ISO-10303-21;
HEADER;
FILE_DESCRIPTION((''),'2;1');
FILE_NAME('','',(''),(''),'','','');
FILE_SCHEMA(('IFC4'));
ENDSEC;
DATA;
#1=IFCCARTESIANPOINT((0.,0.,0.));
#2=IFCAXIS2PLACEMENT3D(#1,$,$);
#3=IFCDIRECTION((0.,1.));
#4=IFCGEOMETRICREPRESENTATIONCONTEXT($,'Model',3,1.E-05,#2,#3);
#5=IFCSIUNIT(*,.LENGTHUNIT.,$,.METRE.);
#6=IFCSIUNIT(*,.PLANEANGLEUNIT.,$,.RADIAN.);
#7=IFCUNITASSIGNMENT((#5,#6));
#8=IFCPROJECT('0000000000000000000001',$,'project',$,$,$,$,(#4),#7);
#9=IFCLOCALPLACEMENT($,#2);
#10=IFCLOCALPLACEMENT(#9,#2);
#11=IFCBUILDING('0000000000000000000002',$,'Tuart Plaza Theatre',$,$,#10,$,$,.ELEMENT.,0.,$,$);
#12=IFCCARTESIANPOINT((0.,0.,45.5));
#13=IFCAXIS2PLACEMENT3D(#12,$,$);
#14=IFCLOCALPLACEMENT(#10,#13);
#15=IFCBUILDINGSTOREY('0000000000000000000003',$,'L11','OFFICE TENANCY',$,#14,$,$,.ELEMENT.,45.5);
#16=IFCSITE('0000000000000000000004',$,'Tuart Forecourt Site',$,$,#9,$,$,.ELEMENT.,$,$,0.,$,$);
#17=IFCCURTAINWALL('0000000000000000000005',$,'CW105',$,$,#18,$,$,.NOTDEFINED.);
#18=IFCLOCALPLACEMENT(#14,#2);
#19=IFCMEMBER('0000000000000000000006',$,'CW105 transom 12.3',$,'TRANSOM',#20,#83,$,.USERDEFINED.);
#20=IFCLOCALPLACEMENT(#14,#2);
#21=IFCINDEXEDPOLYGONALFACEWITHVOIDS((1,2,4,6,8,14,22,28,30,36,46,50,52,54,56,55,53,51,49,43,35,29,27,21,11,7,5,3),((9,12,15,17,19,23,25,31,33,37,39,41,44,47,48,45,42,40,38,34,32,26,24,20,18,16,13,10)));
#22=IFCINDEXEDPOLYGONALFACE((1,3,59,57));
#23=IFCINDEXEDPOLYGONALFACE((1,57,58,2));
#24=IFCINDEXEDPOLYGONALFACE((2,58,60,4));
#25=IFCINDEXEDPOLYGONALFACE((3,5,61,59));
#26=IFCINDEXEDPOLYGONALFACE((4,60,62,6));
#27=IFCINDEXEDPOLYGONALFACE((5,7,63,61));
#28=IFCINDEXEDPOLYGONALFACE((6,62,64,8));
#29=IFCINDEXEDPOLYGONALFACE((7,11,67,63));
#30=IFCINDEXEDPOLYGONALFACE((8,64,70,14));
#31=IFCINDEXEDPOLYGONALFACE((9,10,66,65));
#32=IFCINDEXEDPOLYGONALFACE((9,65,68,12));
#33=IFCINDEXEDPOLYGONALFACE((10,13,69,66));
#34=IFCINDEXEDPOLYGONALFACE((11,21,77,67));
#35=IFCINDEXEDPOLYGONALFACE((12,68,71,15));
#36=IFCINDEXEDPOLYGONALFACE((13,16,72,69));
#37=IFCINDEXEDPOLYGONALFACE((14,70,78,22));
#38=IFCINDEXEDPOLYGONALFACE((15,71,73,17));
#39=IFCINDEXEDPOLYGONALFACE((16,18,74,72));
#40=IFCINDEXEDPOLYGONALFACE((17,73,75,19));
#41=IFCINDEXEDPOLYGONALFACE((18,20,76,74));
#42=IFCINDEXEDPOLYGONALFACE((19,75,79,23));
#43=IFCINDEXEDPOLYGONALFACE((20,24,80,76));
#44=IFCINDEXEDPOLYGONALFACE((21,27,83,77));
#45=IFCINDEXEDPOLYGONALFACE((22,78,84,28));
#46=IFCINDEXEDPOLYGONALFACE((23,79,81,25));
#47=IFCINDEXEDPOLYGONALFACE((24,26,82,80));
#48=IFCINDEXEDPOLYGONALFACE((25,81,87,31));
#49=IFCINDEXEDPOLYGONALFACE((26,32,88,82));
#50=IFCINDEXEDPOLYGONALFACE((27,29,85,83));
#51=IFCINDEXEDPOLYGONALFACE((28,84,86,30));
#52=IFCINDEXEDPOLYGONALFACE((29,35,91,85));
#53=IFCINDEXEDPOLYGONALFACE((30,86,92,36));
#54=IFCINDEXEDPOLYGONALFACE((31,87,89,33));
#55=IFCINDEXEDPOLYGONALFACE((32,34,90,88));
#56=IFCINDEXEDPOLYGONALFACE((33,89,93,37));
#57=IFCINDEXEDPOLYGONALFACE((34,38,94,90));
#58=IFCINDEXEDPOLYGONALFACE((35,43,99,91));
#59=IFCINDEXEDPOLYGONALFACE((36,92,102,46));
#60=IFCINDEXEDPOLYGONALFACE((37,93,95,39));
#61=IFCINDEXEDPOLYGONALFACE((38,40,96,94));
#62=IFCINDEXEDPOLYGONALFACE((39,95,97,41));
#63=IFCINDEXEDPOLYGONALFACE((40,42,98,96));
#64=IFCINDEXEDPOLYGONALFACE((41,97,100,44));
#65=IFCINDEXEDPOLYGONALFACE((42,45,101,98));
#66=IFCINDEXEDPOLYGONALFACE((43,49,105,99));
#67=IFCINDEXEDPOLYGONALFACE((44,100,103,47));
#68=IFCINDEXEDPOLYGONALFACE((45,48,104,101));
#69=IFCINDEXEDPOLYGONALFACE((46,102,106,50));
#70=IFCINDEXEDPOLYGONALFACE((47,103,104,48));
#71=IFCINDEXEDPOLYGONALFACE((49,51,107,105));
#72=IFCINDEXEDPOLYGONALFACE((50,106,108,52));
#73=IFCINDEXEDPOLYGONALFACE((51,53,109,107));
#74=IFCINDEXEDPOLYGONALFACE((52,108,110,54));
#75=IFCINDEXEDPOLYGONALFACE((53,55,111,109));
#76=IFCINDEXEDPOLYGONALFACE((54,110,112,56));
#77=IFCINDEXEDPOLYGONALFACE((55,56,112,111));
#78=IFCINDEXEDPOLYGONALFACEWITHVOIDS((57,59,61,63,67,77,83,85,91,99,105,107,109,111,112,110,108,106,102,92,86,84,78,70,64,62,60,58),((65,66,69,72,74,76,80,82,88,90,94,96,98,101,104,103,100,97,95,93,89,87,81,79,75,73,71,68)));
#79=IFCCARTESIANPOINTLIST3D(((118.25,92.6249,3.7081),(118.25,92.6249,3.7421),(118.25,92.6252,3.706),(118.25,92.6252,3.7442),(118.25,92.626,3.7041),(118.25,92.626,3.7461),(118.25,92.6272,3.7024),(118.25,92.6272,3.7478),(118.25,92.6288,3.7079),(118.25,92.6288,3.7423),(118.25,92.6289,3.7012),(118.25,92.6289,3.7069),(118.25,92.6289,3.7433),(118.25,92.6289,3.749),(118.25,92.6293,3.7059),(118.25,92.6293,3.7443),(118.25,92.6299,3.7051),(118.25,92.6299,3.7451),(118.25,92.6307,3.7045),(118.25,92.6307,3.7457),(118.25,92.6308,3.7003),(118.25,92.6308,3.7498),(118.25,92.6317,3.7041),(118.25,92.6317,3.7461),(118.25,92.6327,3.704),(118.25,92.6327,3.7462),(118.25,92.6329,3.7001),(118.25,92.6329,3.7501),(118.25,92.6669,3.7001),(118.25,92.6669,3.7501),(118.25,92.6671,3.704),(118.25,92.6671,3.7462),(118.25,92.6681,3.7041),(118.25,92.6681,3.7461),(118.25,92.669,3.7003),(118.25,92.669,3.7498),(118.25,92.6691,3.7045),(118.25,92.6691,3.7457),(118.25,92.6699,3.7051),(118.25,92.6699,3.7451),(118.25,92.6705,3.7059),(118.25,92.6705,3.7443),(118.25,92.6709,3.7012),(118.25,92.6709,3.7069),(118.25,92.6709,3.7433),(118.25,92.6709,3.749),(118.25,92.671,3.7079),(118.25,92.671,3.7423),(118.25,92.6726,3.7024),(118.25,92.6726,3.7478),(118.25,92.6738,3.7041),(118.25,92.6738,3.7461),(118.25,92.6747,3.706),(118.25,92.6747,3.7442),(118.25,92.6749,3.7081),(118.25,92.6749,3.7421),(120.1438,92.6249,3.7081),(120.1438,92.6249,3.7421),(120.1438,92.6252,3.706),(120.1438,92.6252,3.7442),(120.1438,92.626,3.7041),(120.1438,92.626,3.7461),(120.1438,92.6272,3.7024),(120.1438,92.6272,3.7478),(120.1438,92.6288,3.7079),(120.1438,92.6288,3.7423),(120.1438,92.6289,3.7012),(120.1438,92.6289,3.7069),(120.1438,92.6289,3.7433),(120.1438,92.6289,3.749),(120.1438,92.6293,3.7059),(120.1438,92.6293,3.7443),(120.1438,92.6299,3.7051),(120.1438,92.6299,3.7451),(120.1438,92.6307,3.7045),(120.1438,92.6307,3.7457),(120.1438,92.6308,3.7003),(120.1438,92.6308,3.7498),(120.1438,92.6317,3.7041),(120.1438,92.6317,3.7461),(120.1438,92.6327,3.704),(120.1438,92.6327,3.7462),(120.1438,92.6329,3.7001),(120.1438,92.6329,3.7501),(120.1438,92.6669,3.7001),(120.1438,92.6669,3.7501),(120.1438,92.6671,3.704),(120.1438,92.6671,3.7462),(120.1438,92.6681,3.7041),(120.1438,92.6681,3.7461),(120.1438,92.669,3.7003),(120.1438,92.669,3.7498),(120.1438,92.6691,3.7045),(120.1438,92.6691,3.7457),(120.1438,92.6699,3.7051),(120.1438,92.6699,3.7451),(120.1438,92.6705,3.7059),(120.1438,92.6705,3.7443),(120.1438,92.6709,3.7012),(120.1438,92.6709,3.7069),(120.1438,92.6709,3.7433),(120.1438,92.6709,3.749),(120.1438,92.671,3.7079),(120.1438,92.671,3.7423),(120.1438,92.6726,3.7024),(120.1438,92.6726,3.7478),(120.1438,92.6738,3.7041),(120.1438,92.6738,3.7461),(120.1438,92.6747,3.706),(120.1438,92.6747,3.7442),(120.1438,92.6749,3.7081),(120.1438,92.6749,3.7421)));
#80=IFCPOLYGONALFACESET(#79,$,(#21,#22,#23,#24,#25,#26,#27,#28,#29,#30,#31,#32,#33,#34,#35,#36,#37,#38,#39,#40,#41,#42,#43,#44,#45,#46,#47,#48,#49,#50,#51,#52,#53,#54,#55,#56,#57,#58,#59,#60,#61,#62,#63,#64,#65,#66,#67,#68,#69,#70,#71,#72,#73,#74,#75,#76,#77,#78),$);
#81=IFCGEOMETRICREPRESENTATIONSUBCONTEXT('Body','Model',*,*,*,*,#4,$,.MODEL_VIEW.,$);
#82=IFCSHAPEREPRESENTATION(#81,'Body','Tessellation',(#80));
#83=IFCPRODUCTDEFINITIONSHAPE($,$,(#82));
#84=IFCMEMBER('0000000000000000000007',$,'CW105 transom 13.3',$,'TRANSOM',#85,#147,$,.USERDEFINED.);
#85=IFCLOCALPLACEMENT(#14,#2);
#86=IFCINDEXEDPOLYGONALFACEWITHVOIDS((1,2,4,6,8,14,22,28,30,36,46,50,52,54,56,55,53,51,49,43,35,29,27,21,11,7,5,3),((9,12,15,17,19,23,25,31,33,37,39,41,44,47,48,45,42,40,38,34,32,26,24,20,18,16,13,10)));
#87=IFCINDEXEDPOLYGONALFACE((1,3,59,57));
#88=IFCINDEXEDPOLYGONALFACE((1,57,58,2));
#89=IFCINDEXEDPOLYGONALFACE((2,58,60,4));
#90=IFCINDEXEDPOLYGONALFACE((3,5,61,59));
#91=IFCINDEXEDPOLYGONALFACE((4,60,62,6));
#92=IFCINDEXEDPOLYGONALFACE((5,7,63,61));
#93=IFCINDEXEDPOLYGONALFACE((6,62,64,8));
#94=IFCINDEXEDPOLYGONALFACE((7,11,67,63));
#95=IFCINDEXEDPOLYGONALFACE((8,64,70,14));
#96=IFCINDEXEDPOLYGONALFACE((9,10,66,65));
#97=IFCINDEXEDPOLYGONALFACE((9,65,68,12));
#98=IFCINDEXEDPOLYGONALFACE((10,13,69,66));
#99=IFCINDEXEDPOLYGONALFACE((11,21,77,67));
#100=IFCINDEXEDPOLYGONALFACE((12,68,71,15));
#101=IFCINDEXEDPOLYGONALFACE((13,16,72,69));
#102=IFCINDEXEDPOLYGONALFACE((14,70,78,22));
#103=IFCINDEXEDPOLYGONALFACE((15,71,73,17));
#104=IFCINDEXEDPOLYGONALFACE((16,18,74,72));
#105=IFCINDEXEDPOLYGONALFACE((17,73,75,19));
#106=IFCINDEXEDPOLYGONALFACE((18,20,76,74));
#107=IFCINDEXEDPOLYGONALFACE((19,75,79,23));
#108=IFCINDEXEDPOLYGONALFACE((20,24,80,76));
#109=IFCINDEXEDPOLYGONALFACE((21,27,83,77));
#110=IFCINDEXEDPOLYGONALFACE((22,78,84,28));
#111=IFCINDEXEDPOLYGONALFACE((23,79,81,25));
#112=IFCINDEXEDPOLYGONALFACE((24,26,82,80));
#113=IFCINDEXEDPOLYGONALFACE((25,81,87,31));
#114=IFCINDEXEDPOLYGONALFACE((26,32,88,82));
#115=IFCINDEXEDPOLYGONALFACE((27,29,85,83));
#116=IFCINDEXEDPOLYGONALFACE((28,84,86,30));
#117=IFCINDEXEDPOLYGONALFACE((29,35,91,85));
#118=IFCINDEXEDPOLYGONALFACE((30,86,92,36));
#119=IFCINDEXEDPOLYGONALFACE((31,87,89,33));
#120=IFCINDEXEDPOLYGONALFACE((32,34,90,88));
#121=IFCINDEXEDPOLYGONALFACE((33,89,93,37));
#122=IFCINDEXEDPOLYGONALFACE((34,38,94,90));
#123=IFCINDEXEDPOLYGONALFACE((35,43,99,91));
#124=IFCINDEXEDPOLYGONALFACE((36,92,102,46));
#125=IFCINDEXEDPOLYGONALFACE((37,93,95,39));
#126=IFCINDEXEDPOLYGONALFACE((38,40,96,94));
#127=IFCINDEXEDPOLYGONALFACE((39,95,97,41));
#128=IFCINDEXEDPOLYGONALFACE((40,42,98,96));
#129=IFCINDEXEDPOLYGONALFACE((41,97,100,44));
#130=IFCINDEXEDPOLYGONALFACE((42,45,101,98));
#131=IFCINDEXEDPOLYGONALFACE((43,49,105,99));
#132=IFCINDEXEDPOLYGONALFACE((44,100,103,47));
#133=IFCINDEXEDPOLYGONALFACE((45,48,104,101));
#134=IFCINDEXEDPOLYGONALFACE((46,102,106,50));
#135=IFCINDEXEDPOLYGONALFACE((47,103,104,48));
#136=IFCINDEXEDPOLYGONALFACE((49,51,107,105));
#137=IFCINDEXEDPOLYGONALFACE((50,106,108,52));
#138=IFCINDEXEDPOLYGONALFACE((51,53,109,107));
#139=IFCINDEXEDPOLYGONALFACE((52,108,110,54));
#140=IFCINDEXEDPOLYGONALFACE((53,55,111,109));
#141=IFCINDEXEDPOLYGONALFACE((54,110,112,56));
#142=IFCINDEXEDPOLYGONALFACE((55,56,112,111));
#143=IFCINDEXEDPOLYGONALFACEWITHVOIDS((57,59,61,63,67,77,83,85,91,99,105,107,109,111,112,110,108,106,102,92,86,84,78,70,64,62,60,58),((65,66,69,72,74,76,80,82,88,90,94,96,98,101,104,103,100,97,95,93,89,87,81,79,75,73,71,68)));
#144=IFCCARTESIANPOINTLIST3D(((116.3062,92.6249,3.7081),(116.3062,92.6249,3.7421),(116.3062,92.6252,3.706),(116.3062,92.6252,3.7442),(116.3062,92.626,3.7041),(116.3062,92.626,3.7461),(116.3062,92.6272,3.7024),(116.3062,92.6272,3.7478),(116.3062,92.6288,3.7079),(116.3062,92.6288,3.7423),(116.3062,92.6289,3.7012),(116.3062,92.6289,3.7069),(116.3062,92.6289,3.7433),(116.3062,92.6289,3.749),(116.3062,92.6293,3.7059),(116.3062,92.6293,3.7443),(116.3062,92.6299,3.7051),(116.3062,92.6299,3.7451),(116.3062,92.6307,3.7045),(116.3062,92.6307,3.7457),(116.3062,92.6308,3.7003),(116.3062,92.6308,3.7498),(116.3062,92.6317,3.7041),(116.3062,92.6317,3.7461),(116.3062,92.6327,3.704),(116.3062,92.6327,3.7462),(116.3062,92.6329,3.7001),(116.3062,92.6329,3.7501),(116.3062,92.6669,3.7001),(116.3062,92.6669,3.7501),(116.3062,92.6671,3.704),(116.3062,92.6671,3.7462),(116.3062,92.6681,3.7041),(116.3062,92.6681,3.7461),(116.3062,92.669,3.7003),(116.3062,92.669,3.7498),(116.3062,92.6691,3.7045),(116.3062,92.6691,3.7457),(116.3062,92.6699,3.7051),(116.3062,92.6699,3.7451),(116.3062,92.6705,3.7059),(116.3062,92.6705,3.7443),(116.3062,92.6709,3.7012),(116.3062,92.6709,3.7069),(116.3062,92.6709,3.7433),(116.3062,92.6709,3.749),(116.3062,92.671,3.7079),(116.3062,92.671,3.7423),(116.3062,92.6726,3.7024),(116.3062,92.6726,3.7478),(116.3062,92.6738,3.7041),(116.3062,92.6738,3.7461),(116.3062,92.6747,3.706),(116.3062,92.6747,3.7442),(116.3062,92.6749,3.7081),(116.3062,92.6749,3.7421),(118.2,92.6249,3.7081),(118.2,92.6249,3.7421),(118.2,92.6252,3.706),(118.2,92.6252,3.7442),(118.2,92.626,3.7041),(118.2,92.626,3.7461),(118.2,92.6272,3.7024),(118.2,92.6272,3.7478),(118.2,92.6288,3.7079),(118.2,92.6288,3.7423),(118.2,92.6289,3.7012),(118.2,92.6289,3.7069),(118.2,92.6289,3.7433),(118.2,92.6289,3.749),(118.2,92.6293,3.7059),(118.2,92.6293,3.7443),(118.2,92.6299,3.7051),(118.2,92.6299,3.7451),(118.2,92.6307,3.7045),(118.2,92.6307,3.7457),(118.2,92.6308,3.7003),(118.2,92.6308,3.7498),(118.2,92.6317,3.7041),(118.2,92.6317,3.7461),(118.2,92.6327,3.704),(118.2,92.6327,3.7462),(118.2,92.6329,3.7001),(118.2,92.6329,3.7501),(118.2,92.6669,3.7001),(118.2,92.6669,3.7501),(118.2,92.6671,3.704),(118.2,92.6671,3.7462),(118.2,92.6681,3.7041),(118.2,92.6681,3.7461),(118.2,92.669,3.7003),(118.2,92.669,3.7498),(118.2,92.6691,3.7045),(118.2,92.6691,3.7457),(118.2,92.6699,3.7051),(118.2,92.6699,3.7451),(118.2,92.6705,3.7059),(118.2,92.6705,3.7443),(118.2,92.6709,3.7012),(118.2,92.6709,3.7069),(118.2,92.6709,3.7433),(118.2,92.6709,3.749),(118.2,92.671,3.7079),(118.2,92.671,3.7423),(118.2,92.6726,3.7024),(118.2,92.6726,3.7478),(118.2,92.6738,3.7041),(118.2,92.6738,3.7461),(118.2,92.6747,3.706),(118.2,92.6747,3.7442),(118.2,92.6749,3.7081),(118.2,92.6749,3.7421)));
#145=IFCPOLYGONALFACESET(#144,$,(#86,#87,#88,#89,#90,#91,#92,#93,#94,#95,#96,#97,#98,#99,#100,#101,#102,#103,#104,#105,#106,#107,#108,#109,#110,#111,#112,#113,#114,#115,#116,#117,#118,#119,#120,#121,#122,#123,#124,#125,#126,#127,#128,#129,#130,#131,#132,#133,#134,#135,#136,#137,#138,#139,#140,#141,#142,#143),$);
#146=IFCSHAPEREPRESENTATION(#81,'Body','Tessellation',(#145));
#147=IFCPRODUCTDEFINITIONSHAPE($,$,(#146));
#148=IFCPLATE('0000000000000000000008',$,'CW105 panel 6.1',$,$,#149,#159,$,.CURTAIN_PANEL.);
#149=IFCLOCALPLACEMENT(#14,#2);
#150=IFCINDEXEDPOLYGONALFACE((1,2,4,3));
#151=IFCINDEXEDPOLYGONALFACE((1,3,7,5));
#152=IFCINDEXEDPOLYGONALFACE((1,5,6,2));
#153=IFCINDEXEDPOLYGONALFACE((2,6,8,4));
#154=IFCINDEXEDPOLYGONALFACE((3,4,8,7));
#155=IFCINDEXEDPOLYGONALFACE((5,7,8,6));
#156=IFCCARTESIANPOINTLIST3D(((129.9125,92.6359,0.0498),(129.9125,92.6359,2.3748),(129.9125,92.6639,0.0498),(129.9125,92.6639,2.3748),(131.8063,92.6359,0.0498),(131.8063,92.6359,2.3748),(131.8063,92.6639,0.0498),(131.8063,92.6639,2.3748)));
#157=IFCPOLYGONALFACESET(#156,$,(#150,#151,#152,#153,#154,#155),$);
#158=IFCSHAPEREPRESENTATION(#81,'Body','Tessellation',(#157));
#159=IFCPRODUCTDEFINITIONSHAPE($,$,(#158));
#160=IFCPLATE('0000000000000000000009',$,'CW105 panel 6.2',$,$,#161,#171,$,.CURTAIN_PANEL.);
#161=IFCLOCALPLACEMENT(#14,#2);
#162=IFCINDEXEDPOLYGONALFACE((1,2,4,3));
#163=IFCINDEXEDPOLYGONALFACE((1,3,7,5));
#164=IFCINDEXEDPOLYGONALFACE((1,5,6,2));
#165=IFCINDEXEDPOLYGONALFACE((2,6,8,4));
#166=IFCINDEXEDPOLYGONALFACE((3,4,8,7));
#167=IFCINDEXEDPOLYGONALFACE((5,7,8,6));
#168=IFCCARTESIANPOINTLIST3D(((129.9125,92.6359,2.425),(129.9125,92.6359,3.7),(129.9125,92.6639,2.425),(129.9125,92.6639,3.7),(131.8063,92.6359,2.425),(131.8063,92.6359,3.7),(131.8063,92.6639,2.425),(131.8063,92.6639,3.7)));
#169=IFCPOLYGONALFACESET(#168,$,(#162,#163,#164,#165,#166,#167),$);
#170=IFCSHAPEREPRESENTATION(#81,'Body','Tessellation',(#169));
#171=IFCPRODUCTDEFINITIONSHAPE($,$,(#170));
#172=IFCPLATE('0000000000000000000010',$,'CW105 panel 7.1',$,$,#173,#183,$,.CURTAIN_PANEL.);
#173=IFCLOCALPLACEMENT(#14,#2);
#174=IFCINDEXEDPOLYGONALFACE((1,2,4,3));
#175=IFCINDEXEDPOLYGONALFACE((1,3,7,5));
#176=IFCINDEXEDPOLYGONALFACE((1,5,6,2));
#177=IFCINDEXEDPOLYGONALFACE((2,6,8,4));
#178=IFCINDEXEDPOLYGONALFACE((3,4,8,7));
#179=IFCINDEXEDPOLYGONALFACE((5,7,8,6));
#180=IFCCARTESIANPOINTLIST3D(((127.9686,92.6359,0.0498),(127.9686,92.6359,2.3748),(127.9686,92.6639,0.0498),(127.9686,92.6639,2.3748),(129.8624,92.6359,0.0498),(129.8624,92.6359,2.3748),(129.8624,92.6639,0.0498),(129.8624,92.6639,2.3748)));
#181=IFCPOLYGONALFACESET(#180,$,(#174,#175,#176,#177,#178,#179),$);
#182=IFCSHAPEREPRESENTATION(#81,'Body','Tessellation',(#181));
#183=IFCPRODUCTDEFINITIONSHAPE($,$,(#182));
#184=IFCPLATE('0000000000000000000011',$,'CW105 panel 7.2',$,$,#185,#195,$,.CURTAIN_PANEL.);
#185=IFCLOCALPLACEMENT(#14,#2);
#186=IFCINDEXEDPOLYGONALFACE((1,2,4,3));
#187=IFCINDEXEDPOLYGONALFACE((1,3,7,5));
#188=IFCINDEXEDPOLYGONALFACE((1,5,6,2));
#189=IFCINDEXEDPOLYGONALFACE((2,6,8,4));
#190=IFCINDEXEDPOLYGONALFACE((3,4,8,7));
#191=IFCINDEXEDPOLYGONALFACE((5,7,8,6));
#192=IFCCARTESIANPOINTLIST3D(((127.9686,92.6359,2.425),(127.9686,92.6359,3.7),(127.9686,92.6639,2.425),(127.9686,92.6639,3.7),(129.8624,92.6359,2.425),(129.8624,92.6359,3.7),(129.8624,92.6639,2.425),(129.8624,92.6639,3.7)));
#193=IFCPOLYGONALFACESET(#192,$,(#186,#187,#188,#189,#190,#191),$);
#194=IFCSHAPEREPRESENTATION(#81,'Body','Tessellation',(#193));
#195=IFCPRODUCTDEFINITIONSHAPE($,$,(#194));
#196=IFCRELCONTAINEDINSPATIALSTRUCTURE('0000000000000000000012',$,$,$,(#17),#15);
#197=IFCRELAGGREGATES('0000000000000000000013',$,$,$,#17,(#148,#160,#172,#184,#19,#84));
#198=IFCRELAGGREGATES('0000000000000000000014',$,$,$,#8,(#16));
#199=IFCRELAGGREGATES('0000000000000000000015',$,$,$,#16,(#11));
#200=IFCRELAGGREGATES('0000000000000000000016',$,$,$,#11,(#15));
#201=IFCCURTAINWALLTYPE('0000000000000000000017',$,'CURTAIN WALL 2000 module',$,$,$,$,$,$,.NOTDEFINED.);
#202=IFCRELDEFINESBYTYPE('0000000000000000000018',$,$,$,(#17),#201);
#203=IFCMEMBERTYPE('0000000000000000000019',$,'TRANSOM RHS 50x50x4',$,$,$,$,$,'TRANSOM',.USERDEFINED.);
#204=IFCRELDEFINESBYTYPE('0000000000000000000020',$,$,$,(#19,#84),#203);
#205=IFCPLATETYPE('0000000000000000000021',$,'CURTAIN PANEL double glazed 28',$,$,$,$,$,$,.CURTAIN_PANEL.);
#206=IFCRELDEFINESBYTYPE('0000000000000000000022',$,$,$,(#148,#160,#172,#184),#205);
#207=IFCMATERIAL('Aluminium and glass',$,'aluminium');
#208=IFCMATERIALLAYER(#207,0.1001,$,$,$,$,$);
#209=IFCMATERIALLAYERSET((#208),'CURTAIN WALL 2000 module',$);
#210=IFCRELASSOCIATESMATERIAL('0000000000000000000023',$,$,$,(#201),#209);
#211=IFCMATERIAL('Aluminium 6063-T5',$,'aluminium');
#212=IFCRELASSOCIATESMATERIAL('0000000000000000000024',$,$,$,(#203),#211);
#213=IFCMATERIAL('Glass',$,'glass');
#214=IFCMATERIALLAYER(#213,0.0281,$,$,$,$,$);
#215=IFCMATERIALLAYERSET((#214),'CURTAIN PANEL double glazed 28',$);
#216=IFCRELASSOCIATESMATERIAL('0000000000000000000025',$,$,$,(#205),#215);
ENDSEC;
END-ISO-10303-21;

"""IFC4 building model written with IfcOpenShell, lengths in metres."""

from ifc_helpers import new_model, si_unit, direction, frame, origin, origin_2d, place, context, subcontext, project, spatial, rectangle, hollow_rectangle, extrude, material, layer, layer_set, material_profile, profile_set, type_object, element, aggregate, save


model = new_model("IFC4")

# Units and contexts
model_context = context("Model", 3, precision=1e-05, world=origin(), true_north=direction((0.0, 1.0)))
body_context = subcontext(model_context, "Body", "Model", "MODEL_VIEW")
ifc_project = project(units=[si_unit("LENGTHUNIT", "METRE"), si_unit("PLANEANGLEUNIT", "RADIAN")], contexts=[model_context])

# Site, building, storey
site_placement = place(None, origin())
site = spatial("IfcSite", under=ifc_project, at=site_placement, Name="Tuart Forecourt Site", CompositionType="ELEMENT", RefElevation=0.0)
building_placement = place(site_placement, origin())
building = spatial("IfcBuilding", under=site, at=building_placement, Name="Tuart Plaza Theatre", CompositionType="ELEMENT", ElevationOfRefHeight=0.0)
storey_placement = place(building_placement, frame((0.0, 0.0, 45.5)))
storey = spatial("IfcBuildingStorey", under=building, at=storey_placement, Name="L11", Description="OFFICE TENANCY", CompositionType="ELEMENT", Elevation=45.5)

# Curtain wall, members, plates
ifc_material_1 = material(Name="Aluminium and glass", Category="aluminium")
ifc_layer_1 = layer(ifc_material_1, 0.1001)
ifc_layer_set_1 = layer_set([ifc_layer_1], Name="CURTAIN WALL 2000 module")
curtain_wall_type = type_object("IfcCurtainWallType", Name="CURTAIN WALL 2000 module", PredefinedType="NOTDEFINED", material=ifc_layer_set_1)
curtain_wall_placement = place(storey_placement, origin())
curtain_wall = element("IfcCurtainWall", 1, at=curtain_wall_placement, inside=storey, type_object=curtain_wall_type, Name="CW105", PredefinedType="NOTDEFINED")
ifc_material_2 = material(Name="Aluminium 6063-T5", Category="aluminium")
ifc_material_profile_1 = material_profile(ifc_material_2, hollow_rectangle(XDim=0.05, YDim=0.05, WallThickness=0.0039, InnerFilletRadius=0.0039, OuterFilletRadius=0.0081, at=origin_2d()), Name="RHS 50x50x4")
ifc_profile_set_1 = profile_set([ifc_material_profile_1], Name="Aluminium 6063-T5")
member_type_1 = type_object("IfcMemberType", Name="TRANSOM RHS 50x50x4", ElementType="TRANSOM", PredefinedType="USERDEFINED", material=ifc_profile_set_1)
member_1_placement = place(storey_placement, frame((120.1438, 92.6499, 3.7251), z_axis=(-1.0, 0.0, 0.0), x_axis=(0.0, -1.0, 0.0)))
member_1 = element("IfcMember", 2, at=member_1_placement, type_object=member_type_1, Name="CW105 transom 12.3", ObjectType="TRANSOM", PredefinedType="USERDEFINED", context=body_context, shape_type="SweptSolid", body=[
    extrude(hollow_rectangle(XDim=0.05, YDim=0.05, WallThickness=0.0039, InnerFilletRadius=0.0039, OuterFilletRadius=0.0081, at=origin_2d()), origin(), (0.0, 0.0, 1.0), 1.8938),
])
member_2_placement = place(storey_placement, frame((118.2, 92.6499, 3.7251), z_axis=(-1.0, 0.0, 0.0), x_axis=(0.0, -1.0, 0.0)))
member_2 = element("IfcMember", 3, at=member_2_placement, type_object=member_type_1, Name="CW105 transom 13.3", ObjectType="TRANSOM", PredefinedType="USERDEFINED", context=body_context, shape_type="SweptSolid", body=[
    extrude(hollow_rectangle(XDim=0.05, YDim=0.05, WallThickness=0.0039, InnerFilletRadius=0.0039, OuterFilletRadius=0.0081, at=origin_2d()), origin(), (0.0, 0.0, 1.0), 1.8938),
])
ifc_material_3 = material(Name="Glass", Category="glass")
ifc_layer_2 = layer(ifc_material_3, 0.0281)
ifc_layer_set_2 = layer_set([ifc_layer_2], Name="CURTAIN PANEL double glazed 28")
plate_type = type_object("IfcPlateType", Name="CURTAIN PANEL double glazed 28", PredefinedType="CURTAIN_PANEL", material=ifc_layer_set_2)
plate_1_placement = place(storey_placement, frame((130.8594, 92.6499, 0.0498), z_axis=(0.0, 0.0, 1.0), x_axis=(-1.0, 0.0, 0.0)))
plate_1 = element("IfcPlate", 4, at=plate_1_placement, type_object=plate_type, Name="CW105 panel 6.1", PredefinedType="CURTAIN_PANEL", context=body_context, shape_type="SweptSolid", body=[
    extrude(rectangle(XDim=1.8938, YDim=0.0281, at=origin_2d()), origin(), (0.0, 0.0, 1.0), 2.325),
])
plate_2_placement = place(storey_placement, frame((130.8594, 92.6499, 2.425), z_axis=(0.0, 0.0, 1.0), x_axis=(-1.0, 0.0, 0.0)))
plate_2 = element("IfcPlate", 5, at=plate_2_placement, type_object=plate_type, Name="CW105 panel 6.2", PredefinedType="CURTAIN_PANEL", context=body_context, shape_type="SweptSolid", body=[
    extrude(rectangle(XDim=1.8938, YDim=0.0281, at=origin_2d()), origin(), (0.0, 0.0, 1.0), 1.2749),
])
plate_3_placement = place(storey_placement, frame((128.9155, 92.6499, 0.0498), z_axis=(0.0, 0.0, 1.0), x_axis=(-1.0, 0.0, 0.0)))
plate_3 = element("IfcPlate", 6, at=plate_3_placement, type_object=plate_type, Name="CW105 panel 7.1", PredefinedType="CURTAIN_PANEL", context=body_context, shape_type="SweptSolid", body=[
    extrude(rectangle(XDim=1.8938, YDim=0.0281, at=origin_2d()), origin(), (0.0, 0.0, 1.0), 2.325),
])
plate_4_placement = place(storey_placement, frame((128.9155, 92.6499, 2.425), z_axis=(0.0, 0.0, 1.0), x_axis=(-1.0, 0.0, 0.0)))
plate_4 = element("IfcPlate", 7, at=plate_4_placement, type_object=plate_type, Name="CW105 panel 7.2", PredefinedType="CURTAIN_PANEL", context=body_context, shape_type="SweptSolid", body=[
    extrude(rectangle(XDim=1.8938, YDim=0.0281, at=origin_2d()), origin(), (0.0, 0.0, 1.0), 1.2749),
])
aggregate(curtain_wall, [plate_1, plate_2, plate_3, plate_4, member_1, member_2])

save(model, "model.ifc")
